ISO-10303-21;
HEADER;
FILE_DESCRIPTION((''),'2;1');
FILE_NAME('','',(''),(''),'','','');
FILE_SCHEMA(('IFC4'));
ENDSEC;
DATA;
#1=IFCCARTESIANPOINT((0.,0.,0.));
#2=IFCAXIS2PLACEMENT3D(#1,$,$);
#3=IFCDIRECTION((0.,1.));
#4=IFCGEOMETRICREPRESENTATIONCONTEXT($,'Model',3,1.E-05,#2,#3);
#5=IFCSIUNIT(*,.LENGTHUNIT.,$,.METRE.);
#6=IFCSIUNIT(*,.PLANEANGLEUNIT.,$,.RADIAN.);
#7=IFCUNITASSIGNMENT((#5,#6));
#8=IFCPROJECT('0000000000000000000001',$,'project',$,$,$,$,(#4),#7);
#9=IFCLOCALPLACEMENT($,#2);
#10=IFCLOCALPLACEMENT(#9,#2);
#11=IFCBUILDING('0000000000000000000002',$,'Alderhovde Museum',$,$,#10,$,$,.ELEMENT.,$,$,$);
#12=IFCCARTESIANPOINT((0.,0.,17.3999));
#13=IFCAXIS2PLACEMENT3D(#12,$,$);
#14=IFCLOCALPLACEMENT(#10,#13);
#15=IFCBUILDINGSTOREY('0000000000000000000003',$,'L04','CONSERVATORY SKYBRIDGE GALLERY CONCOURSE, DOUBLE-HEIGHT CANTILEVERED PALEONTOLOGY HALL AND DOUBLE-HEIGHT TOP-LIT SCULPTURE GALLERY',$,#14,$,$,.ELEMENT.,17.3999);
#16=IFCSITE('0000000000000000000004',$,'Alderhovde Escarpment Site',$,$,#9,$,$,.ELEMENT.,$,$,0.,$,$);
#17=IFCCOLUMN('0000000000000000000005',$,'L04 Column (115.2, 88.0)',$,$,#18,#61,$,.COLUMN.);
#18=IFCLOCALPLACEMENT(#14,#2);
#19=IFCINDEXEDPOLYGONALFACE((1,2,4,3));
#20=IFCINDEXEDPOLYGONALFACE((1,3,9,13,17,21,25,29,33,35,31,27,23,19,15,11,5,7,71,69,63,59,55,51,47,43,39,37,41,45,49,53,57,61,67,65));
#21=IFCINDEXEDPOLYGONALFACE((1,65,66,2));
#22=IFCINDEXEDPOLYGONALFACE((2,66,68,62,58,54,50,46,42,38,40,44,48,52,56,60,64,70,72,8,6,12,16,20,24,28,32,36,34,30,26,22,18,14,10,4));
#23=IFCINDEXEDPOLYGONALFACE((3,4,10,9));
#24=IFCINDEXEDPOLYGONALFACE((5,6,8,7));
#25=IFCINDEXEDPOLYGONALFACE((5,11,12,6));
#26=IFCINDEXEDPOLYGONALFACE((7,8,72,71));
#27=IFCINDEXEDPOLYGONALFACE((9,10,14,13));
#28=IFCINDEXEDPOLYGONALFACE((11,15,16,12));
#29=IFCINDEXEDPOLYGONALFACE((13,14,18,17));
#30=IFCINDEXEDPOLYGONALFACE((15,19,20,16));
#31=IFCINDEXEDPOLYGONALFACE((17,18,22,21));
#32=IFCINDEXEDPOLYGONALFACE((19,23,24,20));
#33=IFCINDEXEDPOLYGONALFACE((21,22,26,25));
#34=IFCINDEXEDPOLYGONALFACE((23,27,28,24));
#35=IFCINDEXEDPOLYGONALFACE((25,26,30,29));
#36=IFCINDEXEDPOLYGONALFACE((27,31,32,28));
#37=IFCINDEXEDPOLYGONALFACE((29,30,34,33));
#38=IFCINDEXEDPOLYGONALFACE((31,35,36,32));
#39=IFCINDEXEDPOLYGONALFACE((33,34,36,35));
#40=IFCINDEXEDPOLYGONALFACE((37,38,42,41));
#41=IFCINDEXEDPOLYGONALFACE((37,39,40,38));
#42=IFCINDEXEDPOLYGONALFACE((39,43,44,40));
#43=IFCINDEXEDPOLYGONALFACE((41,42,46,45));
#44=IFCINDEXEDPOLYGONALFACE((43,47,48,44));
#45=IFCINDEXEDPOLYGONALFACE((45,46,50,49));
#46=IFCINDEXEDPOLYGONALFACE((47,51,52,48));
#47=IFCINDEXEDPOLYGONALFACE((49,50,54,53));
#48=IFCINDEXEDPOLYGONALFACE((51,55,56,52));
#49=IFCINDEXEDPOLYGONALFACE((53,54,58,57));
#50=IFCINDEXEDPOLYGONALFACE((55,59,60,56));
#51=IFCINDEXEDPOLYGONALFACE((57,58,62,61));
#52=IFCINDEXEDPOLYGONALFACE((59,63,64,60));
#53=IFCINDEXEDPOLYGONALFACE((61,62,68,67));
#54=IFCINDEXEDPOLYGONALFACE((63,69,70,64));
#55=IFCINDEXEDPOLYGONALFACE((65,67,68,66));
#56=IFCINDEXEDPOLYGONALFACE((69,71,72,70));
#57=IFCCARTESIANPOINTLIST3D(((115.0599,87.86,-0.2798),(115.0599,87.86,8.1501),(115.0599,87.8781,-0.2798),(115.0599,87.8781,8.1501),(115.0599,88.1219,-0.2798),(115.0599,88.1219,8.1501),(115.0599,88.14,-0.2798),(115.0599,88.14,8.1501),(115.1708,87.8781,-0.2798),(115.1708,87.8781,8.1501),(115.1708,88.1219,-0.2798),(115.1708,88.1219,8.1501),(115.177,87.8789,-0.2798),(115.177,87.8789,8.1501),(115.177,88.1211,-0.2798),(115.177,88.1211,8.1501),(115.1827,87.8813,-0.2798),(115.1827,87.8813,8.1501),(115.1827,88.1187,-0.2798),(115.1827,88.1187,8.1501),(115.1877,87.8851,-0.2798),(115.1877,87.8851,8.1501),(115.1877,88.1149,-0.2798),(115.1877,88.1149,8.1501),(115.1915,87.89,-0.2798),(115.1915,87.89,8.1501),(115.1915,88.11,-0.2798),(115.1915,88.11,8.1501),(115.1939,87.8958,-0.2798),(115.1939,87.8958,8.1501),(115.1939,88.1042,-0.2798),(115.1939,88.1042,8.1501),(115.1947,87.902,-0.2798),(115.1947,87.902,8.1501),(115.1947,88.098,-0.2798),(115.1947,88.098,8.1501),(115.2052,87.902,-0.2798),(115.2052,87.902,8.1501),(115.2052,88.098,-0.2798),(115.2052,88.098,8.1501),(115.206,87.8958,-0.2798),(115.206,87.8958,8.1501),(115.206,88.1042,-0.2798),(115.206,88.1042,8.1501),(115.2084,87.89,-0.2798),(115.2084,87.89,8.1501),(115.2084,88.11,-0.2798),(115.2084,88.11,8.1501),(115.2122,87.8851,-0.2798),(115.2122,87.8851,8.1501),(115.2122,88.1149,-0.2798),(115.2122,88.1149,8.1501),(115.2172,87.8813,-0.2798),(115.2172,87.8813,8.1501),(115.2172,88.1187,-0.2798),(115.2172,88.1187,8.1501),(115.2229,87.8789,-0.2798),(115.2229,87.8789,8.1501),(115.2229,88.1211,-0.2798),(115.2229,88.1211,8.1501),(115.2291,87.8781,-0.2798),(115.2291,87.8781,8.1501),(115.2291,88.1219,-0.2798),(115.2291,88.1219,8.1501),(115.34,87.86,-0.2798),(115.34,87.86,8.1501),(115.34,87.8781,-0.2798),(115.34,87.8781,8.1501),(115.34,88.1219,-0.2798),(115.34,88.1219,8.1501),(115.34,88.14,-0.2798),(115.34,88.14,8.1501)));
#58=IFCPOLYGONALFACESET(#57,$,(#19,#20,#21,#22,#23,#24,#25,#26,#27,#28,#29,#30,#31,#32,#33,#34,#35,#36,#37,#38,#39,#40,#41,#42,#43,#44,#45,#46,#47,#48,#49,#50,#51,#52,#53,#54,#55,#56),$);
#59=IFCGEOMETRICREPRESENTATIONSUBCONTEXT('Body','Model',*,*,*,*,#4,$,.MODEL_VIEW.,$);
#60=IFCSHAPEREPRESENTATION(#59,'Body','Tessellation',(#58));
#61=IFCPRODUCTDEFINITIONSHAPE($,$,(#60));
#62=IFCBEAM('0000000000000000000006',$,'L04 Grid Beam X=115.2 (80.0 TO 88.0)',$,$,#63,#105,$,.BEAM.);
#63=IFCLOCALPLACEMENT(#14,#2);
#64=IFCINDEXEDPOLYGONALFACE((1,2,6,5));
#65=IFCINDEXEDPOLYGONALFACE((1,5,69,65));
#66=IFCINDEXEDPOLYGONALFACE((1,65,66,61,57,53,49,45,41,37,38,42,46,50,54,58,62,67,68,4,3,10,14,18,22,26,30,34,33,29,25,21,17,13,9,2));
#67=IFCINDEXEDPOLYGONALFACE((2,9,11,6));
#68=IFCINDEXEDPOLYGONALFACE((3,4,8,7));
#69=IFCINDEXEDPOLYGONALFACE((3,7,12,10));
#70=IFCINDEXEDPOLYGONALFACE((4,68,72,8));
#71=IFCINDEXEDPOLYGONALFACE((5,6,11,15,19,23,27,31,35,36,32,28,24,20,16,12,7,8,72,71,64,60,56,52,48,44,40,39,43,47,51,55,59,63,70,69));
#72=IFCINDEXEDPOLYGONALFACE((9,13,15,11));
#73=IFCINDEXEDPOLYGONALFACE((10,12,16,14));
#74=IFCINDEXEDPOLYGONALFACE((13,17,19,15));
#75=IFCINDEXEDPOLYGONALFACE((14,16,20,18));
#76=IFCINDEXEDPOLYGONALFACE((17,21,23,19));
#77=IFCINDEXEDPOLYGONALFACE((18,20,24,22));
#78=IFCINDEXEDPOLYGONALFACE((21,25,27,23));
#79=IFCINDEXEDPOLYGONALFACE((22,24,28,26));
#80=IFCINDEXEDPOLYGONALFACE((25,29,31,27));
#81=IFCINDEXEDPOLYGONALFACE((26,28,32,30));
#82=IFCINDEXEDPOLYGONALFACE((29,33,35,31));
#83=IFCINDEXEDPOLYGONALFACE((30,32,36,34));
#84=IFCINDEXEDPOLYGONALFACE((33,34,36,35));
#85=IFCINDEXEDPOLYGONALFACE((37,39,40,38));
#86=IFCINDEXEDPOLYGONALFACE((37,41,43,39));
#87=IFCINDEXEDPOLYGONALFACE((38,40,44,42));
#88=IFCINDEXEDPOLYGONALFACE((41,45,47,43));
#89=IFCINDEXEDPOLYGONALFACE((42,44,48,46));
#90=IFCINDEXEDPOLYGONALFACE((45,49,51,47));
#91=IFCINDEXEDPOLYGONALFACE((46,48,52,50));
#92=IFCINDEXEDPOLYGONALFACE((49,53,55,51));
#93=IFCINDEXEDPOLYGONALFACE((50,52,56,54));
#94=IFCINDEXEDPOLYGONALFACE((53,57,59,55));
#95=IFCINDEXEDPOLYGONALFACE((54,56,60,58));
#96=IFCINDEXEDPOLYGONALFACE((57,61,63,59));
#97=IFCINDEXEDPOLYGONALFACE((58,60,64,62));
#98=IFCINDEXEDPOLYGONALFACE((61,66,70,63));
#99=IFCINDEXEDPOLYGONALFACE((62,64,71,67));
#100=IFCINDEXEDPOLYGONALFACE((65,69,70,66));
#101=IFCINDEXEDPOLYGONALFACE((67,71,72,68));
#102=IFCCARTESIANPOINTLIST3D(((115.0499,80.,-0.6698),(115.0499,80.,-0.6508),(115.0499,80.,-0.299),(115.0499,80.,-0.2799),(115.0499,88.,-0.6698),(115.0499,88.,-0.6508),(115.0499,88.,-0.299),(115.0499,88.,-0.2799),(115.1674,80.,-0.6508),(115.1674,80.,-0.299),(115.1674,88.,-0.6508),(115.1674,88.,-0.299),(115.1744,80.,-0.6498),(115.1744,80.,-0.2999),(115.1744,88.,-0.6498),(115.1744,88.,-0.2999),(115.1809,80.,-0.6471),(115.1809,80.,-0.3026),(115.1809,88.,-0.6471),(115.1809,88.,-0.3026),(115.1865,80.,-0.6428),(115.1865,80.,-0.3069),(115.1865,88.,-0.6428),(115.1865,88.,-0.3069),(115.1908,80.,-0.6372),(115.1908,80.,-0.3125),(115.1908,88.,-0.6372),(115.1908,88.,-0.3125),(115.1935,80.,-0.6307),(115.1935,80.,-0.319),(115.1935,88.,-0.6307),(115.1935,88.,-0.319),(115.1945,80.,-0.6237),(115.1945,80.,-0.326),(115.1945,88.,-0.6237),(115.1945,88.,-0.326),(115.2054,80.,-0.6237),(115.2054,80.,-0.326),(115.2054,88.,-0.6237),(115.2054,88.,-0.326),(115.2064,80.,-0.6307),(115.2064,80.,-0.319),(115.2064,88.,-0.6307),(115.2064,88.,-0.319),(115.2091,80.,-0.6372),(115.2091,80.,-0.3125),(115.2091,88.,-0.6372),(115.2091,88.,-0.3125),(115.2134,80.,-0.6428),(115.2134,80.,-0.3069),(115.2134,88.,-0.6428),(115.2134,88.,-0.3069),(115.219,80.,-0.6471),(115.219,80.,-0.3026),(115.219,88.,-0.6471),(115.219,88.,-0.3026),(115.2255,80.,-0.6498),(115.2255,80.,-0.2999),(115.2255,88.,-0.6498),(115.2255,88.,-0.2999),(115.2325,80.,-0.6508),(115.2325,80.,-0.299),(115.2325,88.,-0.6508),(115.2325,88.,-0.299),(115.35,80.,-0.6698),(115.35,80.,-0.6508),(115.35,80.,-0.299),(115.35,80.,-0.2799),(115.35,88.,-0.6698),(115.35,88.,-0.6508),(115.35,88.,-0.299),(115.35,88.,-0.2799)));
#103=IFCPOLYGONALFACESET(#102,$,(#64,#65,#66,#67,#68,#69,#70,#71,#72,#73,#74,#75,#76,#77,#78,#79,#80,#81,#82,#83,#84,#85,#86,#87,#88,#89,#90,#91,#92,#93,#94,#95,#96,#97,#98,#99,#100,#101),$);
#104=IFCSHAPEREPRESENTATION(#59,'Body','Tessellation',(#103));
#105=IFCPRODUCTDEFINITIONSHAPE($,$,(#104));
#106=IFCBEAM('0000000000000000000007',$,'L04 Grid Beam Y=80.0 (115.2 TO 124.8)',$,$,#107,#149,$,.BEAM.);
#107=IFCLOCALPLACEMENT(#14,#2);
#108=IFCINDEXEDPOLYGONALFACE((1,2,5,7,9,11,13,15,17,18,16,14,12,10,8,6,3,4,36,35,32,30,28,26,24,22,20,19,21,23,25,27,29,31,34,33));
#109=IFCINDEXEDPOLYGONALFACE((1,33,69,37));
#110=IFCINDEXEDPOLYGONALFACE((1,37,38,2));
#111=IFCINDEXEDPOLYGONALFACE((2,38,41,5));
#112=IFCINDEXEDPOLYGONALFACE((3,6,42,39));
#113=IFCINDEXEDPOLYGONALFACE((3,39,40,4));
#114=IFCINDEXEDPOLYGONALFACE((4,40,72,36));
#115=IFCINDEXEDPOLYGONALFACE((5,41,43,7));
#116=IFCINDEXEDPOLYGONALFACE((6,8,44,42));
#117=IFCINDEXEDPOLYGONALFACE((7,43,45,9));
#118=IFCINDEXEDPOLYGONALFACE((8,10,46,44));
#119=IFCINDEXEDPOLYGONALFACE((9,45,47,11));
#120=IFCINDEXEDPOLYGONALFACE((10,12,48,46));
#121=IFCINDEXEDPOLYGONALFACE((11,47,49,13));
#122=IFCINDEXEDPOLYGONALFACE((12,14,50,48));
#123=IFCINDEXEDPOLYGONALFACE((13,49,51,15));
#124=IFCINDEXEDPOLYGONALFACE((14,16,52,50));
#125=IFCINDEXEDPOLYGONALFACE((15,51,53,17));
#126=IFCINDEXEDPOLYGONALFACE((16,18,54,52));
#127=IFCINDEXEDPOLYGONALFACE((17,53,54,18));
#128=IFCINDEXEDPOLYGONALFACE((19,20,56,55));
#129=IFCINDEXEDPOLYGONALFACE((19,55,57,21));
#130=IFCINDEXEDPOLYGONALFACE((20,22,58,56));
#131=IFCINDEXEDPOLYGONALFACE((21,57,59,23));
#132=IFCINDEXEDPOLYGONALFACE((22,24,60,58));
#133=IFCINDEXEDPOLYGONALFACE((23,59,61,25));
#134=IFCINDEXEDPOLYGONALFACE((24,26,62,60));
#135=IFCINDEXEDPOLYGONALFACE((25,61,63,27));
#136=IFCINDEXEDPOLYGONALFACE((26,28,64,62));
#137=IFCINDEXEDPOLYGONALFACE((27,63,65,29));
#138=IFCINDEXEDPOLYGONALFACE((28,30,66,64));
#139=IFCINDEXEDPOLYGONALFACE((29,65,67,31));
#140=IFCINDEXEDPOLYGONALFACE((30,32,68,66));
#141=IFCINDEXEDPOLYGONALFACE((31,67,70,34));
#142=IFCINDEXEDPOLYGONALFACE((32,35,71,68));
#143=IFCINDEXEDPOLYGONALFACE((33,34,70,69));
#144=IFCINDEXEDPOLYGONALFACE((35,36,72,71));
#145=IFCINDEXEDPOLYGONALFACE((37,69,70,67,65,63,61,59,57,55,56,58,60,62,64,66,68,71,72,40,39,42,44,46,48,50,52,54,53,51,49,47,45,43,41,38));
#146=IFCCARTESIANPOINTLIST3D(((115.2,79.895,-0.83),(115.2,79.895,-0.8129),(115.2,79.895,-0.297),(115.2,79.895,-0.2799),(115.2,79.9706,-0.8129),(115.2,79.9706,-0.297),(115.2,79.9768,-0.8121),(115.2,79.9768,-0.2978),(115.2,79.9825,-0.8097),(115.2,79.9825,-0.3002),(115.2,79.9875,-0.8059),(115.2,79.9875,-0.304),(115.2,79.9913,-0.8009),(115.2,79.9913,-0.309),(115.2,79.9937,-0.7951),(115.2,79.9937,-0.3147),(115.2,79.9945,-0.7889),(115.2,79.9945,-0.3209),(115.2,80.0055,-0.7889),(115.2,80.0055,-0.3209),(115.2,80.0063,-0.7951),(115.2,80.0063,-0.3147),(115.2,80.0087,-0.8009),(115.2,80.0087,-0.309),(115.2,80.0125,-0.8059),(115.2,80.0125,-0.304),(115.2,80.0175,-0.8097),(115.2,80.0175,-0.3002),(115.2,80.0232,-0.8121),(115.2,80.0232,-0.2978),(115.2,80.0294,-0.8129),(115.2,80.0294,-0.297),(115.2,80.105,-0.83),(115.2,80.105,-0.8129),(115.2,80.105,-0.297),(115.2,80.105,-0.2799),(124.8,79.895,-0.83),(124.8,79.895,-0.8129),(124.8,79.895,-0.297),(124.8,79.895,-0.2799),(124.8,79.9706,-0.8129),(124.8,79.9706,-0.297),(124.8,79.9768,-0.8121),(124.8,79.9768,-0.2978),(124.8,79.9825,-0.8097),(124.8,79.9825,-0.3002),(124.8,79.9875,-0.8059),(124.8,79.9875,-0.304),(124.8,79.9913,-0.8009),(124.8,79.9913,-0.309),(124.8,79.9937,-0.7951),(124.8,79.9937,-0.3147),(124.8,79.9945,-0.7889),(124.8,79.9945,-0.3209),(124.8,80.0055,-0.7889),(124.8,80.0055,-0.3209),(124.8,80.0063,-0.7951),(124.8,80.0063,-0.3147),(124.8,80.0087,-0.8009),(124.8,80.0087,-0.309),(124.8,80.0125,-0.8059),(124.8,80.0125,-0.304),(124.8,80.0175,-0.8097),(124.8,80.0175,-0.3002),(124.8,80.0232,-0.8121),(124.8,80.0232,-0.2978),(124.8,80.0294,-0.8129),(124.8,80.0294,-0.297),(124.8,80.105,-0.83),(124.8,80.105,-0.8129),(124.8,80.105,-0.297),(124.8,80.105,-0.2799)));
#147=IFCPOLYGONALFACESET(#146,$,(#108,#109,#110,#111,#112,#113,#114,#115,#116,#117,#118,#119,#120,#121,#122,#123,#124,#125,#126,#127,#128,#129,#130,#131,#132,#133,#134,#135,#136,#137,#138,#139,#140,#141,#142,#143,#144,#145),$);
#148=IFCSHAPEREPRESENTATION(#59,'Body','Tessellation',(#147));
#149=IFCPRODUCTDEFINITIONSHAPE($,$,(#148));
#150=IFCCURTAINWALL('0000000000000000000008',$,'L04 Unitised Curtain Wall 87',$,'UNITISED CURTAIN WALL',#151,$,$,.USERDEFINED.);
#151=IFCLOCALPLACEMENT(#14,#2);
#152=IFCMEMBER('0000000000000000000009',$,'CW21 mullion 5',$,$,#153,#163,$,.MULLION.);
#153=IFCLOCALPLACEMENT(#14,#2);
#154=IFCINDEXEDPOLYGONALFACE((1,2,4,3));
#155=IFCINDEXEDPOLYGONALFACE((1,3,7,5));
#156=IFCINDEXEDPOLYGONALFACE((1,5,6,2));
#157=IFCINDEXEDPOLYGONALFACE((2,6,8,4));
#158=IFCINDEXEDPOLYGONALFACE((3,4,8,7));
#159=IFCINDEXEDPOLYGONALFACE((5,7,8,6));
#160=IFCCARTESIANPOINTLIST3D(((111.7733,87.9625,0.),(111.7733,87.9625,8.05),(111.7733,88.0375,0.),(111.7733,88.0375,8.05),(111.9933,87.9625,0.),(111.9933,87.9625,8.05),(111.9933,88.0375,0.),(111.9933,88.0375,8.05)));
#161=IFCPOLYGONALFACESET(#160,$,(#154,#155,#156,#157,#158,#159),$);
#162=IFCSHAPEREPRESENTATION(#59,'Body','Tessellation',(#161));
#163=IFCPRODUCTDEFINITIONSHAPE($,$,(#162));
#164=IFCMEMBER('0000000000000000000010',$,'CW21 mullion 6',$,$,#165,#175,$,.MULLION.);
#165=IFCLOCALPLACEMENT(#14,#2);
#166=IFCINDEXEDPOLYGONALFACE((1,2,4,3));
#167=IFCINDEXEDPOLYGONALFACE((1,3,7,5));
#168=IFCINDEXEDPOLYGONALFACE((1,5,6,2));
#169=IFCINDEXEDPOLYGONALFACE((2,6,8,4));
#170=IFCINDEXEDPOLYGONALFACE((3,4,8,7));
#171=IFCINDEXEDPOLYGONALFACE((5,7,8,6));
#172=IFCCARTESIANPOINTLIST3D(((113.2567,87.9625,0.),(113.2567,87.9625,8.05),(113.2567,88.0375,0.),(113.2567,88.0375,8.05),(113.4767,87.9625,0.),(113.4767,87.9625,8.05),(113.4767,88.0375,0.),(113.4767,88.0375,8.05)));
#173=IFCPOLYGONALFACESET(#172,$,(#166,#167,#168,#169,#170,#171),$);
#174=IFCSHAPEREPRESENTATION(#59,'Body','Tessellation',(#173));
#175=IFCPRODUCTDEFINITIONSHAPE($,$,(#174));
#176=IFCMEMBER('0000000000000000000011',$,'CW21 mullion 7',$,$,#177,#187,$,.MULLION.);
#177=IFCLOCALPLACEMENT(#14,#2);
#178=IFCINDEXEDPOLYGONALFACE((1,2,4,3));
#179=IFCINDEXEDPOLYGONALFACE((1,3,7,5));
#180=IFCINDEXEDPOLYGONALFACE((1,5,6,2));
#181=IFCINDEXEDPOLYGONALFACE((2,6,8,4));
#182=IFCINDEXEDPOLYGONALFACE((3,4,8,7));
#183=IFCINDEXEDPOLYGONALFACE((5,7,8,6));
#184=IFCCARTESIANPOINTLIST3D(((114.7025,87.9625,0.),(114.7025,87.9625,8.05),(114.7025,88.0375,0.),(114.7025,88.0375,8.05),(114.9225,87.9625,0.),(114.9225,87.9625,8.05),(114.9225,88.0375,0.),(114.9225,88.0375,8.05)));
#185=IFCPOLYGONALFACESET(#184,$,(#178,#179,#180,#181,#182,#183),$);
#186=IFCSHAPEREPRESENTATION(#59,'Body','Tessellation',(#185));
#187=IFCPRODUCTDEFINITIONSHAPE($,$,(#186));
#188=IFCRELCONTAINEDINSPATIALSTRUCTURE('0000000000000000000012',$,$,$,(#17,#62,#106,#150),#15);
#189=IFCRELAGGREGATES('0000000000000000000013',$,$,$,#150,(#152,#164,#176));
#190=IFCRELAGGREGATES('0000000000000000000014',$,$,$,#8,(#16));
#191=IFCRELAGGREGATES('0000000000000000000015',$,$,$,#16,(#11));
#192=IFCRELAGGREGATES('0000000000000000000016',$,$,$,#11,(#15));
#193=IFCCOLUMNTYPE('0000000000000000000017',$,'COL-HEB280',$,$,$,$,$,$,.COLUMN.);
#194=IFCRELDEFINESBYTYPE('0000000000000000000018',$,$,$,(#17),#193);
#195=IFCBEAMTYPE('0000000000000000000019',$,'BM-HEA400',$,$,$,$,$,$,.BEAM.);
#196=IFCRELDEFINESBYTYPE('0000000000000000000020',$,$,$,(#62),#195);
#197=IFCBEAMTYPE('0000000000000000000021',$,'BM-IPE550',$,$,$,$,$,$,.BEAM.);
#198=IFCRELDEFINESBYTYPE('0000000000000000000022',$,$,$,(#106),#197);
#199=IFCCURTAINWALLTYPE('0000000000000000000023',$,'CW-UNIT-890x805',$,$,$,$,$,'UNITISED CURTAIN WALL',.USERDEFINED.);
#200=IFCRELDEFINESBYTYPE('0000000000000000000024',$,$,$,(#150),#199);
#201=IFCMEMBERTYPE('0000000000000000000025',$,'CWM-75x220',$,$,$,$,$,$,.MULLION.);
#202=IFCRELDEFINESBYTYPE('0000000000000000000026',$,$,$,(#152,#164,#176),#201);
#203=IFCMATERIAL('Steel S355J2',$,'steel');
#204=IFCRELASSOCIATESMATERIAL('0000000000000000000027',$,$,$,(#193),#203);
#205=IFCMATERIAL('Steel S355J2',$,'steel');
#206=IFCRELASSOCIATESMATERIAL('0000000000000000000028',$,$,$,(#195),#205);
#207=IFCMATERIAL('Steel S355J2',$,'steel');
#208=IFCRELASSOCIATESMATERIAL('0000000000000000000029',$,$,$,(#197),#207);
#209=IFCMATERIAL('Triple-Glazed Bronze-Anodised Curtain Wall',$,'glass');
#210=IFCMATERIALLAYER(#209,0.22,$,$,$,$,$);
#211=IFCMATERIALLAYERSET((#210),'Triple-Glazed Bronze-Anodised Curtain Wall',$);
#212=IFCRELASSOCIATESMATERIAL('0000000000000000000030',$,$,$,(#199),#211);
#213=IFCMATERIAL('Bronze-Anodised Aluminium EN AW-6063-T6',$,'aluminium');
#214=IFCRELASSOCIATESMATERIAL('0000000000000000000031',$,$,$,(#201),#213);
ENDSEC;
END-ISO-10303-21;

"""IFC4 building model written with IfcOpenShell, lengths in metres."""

from ifc_helpers import new_model, si_unit, direction, frame, origin, origin_2d, place, context, subcontext, project, spatial, rectangle, i_section, extrude, material, layer, layer_set, material_profile, profile_set, type_object, element, aggregate, save


model = new_model("IFC4")

# Units and contexts
model_context = context("Model", 3, precision=1e-05, world=origin(), true_north=direction((0.0, 1.0)))
body_context = subcontext(model_context, "Body", "Model", "MODEL_VIEW")
ifc_project = project(units=[si_unit("LENGTHUNIT", "METRE"), si_unit("PLANEANGLEUNIT", "RADIAN")], contexts=[model_context])

# Site, building, storey
site_placement = place(None, origin())
site = spatial("IfcSite", under=ifc_project, at=site_placement, Name="Alderhovde Escarpment Site", CompositionType="ELEMENT", RefElevation=0.0)
building_placement = place(site_placement, origin())
building = spatial("IfcBuilding", under=site, at=building_placement, Name="Alderhovde Museum", CompositionType="ELEMENT")
storey_placement = place(building_placement, frame((0.0, 0.0, 17.3999)))
storey = spatial("IfcBuildingStorey", under=building, at=storey_placement, Name="L04", Description="CONSERVATORY SKYBRIDGE GALLERY CONCOURSE, DOUBLE-HEIGHT CANTILEVERED PALEONTOLOGY HALL AND DOUBLE-HEIGHT TOP-LIT SCULPTURE GALLERY", CompositionType="ELEMENT", Elevation=17.3999)

# Column
ifc_material_1 = material(Name="Steel S355J2", Category="steel")
ifc_material_profile_1 = material_profile(ifc_material_1, i_section(OverallWidth=0.28, OverallDepth=0.28, WebThickness=0.0105, FlangeThickness=0.0181, FilletRadius=0.0239, at=origin_2d()), Name="HEB 280")
ifc_profile_set_1 = profile_set([ifc_material_profile_1], Name="Steel S355J2")
column_type = type_object("IfcColumnType", Name="COL-HEB280", PredefinedType="COLUMN", material=ifc_profile_set_1)
column_placement = place(storey_placement, frame((115.2, 88.0, -0.2798), z_axis=(0.0, 0.0, 1.0), x_axis=(1.0, 0.0, 0.0)))
element("IfcColumn", 1, at=column_placement, inside=storey, type_object=column_type, Name="L04 Column (115.2, 88.0)", PredefinedType="COLUMN", context=body_context, shape_type="SweptSolid", body=[
    extrude(i_section(OverallWidth=0.28, OverallDepth=0.28, WebThickness=0.0105, FlangeThickness=0.0181, FilletRadius=0.0239, at=origin_2d()), origin(), (0.0, 0.0, 1.0), 8.4299),
])

# Beams
ifc_material_2 = material(Name="Steel S355J2", Category="steel")
ifc_material_profile_2 = material_profile(ifc_material_2, i_section(OverallWidth=0.3, OverallDepth=0.3899, WebThickness=0.011, FlangeThickness=0.019, FilletRadius=0.0271, at=origin_2d()), Name="HEA 400")
ifc_profile_set_2 = profile_set([ifc_material_profile_2], Name="Steel S355J2")
beam_type_1 = type_object("IfcBeamType", Name="BM-HEA400", PredefinedType="BEAM", material=ifc_profile_set_2)
beam_1_placement = place(storey_placement, frame((115.2, 80.0, -0.4749), z_axis=(0.0, 1.0, 0.0), x_axis=(-1.0, 0.0, 0.0)))
element("IfcBeam", 2, at=beam_1_placement, inside=storey, type_object=beam_type_1, Name="L04 Grid Beam X=115.2 (80.0 TO 88.0)", PredefinedType="BEAM", context=body_context, shape_type="SweptSolid", body=[
    extrude(i_section(OverallWidth=0.3, OverallDepth=0.3899, WebThickness=0.011, FlangeThickness=0.019, FilletRadius=0.0271, at=origin_2d()), origin(), (0.0, 0.0, 1.0), 8.0),
])
ifc_material_3 = material(Name="Steel S355J2", Category="steel")
ifc_material_profile_3 = material_profile(ifc_material_3, i_section(OverallWidth=0.21, OverallDepth=0.55, WebThickness=0.011, FlangeThickness=0.0171, FilletRadius=0.0239, at=origin_2d()), Name="IPE 550")
ifc_profile_set_3 = profile_set([ifc_material_profile_3], Name="Steel S355J2")
beam_type_2 = type_object("IfcBeamType", Name="BM-IPE550", PredefinedType="BEAM", material=ifc_profile_set_3)
beam_2_placement = place(storey_placement, frame((115.2, 80.0, -0.5549), z_axis=(1.0, 0.0, 0.0), x_axis=(0.0, 1.0, 0.0)))
element("IfcBeam", 3, at=beam_2_placement, inside=storey, type_object=beam_type_2, Name="L04 Grid Beam Y=80.0 (115.2 TO 124.8)", PredefinedType="BEAM", context=body_context, shape_type="SweptSolid", body=[
    extrude(i_section(OverallWidth=0.21, OverallDepth=0.55, WebThickness=0.011, FlangeThickness=0.0171, FilletRadius=0.0239, at=origin_2d()), origin(), (0.0, 0.0, 1.0), 9.6001),
])

# Curtain wall, members
ifc_material_4 = material(Name="Triple-Glazed Bronze-Anodised Curtain Wall", Category="glass")
ifc_layer_1 = layer(ifc_material_4, 0.22)
ifc_layer_set_1 = layer_set([ifc_layer_1], Name="Triple-Glazed Bronze-Anodised Curtain Wall")
curtain_wall_type = type_object("IfcCurtainWallType", Name="CW-UNIT-890x805", ElementType="UNITISED CURTAIN WALL", PredefinedType="USERDEFINED", material=ifc_layer_set_1)
curtain_wall_placement = place(storey_placement, origin())
curtain_wall = element("IfcCurtainWall", 4, at=curtain_wall_placement, inside=storey, type_object=curtain_wall_type, Name="L04 Unitised Curtain Wall 87", ObjectType="UNITISED CURTAIN WALL", PredefinedType="USERDEFINED")
ifc_material_5 = material(Name="Bronze-Anodised Aluminium EN AW-6063-T6", Category="aluminium")
ifc_material_profile_4 = material_profile(ifc_material_5, rectangle(XDim=0.075, YDim=0.22, at=origin_2d()), Name="MULLION 75x220")
ifc_profile_set_4 = profile_set([ifc_material_profile_4], Name="Bronze-Anodised Aluminium EN AW-6063-T6")
member_type_1 = type_object("IfcMemberType", Name="CWM-75x220", PredefinedType="MULLION", material=ifc_profile_set_4)
member_1_placement = place(storey_placement, frame((111.8833, 88.0, 0.0), z_axis=(0.0, 0.0, 1.0), x_axis=(0.0, 1.0, 0.0)))
member_1 = element("IfcMember", 5, at=member_1_placement, type_object=member_type_1, Name="CW21 mullion 5", PredefinedType="MULLION", context=body_context, shape_type="SweptSolid", body=[
    extrude(rectangle(XDim=0.075, YDim=0.22, at=origin_2d()), origin(), (0.0, 0.0, 1.0), 8.05),
])
member_2_placement = place(storey_placement, frame((113.3667, 88.0, 0.0), z_axis=(0.0, 0.0, 1.0), x_axis=(0.0, 1.0, 0.0)))
member_2 = element("IfcMember", 6, at=member_2_placement, type_object=member_type_1, Name="CW21 mullion 6", PredefinedType="MULLION", context=body_context, shape_type="SweptSolid", body=[
    extrude(rectangle(XDim=0.075, YDim=0.22, at=origin_2d()), origin(), (0.0, 0.0, 1.0), 8.05),
])
member_3_placement = place(storey_placement, frame((114.8125, 88.0, 0.0), z_axis=(0.0, 0.0, 1.0), x_axis=(0.0, 1.0, 0.0)))
member_3 = element("IfcMember", 7, at=member_3_placement, type_object=member_type_1, Name="CW21 mullion 7", PredefinedType="MULLION", context=body_context, shape_type="SweptSolid", body=[
    extrude(rectangle(XDim=0.075, YDim=0.22, at=origin_2d()), origin(), (0.0, 0.0, 1.0), 8.05),
])

aggregate(curtain_wall, [member_1, member_2, member_3])

save(model, "model.ifc")
